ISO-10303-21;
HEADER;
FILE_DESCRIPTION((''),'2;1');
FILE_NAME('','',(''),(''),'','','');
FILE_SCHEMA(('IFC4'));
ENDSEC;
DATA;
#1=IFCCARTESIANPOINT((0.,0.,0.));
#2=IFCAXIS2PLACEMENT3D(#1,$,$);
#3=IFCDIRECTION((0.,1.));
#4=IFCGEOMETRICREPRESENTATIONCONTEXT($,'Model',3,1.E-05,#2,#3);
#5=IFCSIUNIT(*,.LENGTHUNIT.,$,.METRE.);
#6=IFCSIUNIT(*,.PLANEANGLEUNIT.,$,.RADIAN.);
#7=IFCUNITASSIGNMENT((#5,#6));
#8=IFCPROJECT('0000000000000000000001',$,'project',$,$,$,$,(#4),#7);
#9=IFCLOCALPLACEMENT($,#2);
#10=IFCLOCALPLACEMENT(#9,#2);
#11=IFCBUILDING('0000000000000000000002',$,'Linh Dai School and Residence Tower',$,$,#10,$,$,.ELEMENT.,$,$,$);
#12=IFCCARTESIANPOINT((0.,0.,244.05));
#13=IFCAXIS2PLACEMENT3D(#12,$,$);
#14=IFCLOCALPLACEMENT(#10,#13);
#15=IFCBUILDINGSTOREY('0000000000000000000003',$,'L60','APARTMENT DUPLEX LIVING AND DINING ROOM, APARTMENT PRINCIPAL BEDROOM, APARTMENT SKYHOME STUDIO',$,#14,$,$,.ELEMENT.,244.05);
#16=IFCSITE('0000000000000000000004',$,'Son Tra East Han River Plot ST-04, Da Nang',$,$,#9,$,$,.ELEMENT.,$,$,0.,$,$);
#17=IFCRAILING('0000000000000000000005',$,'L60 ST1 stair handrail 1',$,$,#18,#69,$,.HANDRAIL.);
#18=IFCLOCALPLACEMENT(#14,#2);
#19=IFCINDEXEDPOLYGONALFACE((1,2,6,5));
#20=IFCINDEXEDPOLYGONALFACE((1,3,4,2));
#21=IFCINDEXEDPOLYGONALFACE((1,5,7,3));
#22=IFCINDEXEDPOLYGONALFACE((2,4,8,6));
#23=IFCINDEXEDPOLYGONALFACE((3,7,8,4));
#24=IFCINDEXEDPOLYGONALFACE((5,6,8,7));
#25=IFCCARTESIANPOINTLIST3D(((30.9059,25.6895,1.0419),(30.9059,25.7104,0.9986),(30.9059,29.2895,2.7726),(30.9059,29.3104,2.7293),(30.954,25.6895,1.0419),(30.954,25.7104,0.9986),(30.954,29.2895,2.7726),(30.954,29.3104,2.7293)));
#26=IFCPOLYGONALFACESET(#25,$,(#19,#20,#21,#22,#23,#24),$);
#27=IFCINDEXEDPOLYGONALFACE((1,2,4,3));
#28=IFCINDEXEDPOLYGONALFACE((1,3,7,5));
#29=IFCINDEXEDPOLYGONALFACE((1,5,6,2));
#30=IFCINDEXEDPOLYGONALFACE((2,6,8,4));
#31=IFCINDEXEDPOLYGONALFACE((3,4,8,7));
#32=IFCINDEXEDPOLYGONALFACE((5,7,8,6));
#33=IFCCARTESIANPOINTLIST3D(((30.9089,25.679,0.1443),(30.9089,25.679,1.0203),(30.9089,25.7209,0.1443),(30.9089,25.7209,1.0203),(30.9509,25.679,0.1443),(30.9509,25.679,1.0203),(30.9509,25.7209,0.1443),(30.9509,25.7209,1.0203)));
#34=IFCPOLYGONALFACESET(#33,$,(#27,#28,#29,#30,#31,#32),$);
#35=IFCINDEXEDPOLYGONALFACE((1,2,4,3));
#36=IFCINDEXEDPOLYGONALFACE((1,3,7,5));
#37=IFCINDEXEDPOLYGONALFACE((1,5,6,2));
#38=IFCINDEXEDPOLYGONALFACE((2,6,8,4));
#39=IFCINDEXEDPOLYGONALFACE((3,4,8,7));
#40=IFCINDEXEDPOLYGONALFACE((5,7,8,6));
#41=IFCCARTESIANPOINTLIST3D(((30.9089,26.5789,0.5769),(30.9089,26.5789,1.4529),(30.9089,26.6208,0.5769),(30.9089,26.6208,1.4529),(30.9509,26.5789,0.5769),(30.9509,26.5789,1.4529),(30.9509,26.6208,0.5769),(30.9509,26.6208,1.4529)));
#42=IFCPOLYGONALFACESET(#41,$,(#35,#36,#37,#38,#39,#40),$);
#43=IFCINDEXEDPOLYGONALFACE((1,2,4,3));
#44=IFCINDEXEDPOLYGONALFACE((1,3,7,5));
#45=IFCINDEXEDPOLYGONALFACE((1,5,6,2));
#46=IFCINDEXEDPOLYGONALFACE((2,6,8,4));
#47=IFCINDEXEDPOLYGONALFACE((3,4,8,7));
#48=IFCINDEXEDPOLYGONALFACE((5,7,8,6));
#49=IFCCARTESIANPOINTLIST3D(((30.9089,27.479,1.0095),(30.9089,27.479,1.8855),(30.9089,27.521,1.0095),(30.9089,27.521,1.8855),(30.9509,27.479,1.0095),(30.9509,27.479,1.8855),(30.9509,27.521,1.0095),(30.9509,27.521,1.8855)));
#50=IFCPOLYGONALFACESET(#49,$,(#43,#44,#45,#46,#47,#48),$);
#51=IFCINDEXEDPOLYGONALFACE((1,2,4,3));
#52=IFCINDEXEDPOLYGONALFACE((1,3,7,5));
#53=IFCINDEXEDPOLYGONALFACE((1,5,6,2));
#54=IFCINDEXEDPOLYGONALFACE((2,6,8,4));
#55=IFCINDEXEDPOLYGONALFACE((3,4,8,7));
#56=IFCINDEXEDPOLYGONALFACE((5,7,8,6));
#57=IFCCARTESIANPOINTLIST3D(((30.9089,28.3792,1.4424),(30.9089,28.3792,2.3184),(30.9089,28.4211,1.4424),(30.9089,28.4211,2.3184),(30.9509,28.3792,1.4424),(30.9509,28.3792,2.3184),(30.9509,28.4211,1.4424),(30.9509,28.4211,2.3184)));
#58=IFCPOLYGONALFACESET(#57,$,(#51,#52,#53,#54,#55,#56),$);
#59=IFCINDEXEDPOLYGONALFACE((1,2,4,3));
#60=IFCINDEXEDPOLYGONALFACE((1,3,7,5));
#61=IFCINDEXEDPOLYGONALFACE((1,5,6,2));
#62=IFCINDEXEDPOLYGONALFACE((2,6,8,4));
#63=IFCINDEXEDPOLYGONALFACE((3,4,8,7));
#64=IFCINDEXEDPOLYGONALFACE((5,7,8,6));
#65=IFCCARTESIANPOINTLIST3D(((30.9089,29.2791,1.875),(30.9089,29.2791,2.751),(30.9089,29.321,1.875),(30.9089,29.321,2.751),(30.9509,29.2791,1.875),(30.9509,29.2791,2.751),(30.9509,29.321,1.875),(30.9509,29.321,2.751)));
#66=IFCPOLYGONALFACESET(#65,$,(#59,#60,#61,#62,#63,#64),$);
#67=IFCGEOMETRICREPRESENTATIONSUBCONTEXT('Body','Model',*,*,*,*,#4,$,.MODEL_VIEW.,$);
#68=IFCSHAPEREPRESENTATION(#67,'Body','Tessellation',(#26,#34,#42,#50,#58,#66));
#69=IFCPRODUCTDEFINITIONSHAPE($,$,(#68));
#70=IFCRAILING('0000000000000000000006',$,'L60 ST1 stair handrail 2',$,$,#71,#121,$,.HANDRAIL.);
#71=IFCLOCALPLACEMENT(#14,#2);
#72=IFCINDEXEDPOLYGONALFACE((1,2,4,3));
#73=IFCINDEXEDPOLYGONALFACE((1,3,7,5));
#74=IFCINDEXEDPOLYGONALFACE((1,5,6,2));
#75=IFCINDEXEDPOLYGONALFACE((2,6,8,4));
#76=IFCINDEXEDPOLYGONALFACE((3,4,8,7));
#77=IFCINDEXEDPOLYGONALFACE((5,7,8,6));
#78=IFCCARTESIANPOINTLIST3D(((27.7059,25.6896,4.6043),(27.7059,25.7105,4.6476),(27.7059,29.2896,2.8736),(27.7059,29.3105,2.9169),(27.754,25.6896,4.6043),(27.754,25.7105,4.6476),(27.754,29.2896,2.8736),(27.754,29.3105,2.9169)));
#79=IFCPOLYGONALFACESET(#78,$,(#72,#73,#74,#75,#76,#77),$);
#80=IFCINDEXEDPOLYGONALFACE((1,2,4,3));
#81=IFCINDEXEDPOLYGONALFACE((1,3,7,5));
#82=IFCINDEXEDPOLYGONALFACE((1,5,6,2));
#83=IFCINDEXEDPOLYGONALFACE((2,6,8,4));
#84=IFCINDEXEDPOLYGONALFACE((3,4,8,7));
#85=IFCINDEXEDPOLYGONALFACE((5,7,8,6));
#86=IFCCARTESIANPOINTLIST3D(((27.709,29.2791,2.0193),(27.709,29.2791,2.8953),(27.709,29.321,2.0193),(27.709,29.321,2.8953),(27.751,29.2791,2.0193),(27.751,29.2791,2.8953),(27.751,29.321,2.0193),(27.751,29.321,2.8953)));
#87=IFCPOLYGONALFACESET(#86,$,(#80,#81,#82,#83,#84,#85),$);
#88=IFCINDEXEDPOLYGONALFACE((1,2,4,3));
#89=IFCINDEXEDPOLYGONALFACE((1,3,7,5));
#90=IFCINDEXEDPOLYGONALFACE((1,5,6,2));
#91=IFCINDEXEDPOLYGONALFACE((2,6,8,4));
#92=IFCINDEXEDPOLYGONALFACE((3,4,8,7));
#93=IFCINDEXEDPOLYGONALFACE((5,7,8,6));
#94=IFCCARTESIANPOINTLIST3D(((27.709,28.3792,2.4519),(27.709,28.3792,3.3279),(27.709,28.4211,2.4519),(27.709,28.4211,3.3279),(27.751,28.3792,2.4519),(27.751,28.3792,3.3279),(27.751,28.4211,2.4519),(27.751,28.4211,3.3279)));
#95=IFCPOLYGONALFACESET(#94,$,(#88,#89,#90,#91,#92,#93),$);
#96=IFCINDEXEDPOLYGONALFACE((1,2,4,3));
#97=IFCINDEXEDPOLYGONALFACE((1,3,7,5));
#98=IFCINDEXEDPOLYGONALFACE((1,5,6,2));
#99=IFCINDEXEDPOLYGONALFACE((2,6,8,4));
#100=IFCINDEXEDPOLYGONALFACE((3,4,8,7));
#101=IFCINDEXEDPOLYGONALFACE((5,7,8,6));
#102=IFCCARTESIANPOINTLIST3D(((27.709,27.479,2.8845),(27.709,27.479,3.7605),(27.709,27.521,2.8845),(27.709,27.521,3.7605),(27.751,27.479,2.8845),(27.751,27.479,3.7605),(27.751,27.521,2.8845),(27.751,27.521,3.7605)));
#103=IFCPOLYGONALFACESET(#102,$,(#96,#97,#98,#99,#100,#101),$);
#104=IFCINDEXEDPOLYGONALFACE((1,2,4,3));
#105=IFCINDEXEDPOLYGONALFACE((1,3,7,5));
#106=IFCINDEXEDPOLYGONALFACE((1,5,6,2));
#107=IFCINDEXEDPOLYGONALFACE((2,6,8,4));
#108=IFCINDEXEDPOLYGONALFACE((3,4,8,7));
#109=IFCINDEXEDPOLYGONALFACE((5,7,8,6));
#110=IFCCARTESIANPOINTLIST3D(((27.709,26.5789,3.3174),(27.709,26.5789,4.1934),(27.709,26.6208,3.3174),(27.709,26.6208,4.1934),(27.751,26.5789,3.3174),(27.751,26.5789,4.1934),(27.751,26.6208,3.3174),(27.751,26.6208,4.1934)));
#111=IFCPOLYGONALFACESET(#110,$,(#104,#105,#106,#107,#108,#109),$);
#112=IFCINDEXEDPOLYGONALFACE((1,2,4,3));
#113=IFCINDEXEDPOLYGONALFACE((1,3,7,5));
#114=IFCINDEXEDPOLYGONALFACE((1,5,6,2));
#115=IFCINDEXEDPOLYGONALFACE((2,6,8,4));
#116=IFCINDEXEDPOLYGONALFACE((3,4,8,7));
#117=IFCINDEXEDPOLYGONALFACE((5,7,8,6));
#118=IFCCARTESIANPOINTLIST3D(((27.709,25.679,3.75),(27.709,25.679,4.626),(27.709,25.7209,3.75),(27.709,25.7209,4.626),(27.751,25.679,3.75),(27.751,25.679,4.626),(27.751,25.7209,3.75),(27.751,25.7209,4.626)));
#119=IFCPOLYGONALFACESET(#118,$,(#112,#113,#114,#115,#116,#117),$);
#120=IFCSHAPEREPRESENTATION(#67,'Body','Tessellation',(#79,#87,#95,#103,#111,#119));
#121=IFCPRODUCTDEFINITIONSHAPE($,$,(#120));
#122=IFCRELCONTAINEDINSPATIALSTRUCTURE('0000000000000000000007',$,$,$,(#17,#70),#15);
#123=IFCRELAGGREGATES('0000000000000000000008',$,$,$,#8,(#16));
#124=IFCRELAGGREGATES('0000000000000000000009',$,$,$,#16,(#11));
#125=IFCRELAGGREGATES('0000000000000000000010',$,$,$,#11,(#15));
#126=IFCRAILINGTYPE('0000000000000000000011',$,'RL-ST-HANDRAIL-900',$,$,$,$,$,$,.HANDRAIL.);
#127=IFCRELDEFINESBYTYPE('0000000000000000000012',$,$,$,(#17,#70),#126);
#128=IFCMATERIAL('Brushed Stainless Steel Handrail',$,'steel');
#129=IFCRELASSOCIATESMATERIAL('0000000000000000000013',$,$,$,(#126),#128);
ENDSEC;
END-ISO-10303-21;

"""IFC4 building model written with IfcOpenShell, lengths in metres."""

from ifc_helpers import new_model, si_unit, direction, frame, origin, origin_2d, place, context, subcontext, project, spatial, rectangle, extrude, source, transform, mapped, material, type_object, element, save


model = new_model("IFC4")

# Units and contexts
model_context = context("Model", 3, precision=1e-05, world=origin(), true_north=direction((0.0, 1.0)))
body_context = subcontext(model_context, "Body", "Model", "MODEL_VIEW")
ifc_project = project(units=[si_unit("LENGTHUNIT", "METRE"), si_unit("PLANEANGLEUNIT", "RADIAN")], contexts=[model_context])

# Site, building, storey
site_placement = place(None, origin())
site = spatial("IfcSite", under=ifc_project, at=site_placement, Name="Son Tra East Han River Plot ST-04, Da Nang", CompositionType="ELEMENT", RefElevation=0.0)
building_placement = place(site_placement, origin())
building = spatial("IfcBuilding", under=site, at=building_placement, Name="Linh Dai School and Residence Tower", CompositionType="ELEMENT")
storey_placement = place(building_placement, frame((0.0, 0.0, 244.05)))
storey = spatial("IfcBuildingStorey", under=building, at=storey_placement, Name="L60", Description="APARTMENT DUPLEX LIVING AND DINING ROOM, APARTMENT PRINCIPAL BEDROOM, APARTMENT SKYHOME STUDIO", CompositionType="ELEMENT", Elevation=244.05)

# Railings
ifc_material_1 = material(Name="Brushed Stainless Steel Handrail", Category="steel")
railing_type_1 = type_object("IfcRailingType", Name="RL-ST-HANDRAIL-900", PredefinedType="HANDRAIL", material=ifc_material_1)
shared_shape_1 = source(origin(), body_context, "Body", "SweptSolid", [
    extrude(rectangle(XDim=0.0481, YDim=0.0481, at=origin_2d()), frame((0.0, 0.0, 0.876), z_axis=(0.0, 0.901263, 0.433273), x_axis=(-1.0, 0.0, 0.0)), (0.0, 0.0, 1.0), 3.9944),
    extrude(rectangle(XDim=0.042, YDim=0.042, at=origin_2d()), origin(), (0.0, 0.0, 1.0), 0.876),
    extrude(rectangle(XDim=0.042, YDim=0.042, at=origin_2d()), frame((0.0, 0.8999, 0.4326)), (0.0, 0.0, 1.0), 0.876),
    extrude(rectangle(XDim=0.042, YDim=0.042, at=origin_2d()), frame((0.0, 1.8, 0.8652)), (0.0, 0.0, 1.0), 0.876),
    extrude(rectangle(XDim=0.042, YDim=0.042, at=origin_2d()), frame((0.0, 2.7002, 1.2981)), (0.0, 0.0, 1.0), 0.876),
    extrude(rectangle(XDim=0.042, YDim=0.042, at=origin_2d()), frame((0.0, 3.6001, 1.7307)), (0.0, 0.0, 1.0), 0.876),
])
railing_1_placement = place(storey_placement, frame((30.9299, 25.7, 0.1443)))
element("IfcRailing", 1, at=railing_1_placement, inside=storey, type_object=railing_type_1, Name="L60 ST1 stair handrail 1", PredefinedType="HANDRAIL", context=body_context, shape_type="MappedRepresentation", body=[
    mapped(shared_shape_1, transform((0.0, 0.0, 0.0), x_axis=(1.0, 0.0, 0.0), y_axis=(0.0, 1.0, 0.0), z_axis=(0.0, 0.0, 1.0), scale=1.0)),
])
shared_shape_2 = source(origin(), body_context, "Body", "SweptSolid", [
    extrude(rectangle(XDim=0.0481, YDim=0.0481, at=origin_2d()), frame((0.0, 0.0, 0.876), z_axis=(0.0, -0.901263, 0.433273), x_axis=(1.0, 0.0, 0.0)), (0.0, 0.0, 1.0), 3.9944),
    extrude(rectangle(XDim=0.042, YDim=0.042, at=origin_2d()), origin(), (0.0, 0.0, 1.0), 0.876),
    extrude(rectangle(XDim=0.042, YDim=0.042, at=origin_2d()), frame((0.0, -0.8999, 0.4326)), (0.0, 0.0, 1.0), 0.876),
    extrude(rectangle(XDim=0.042, YDim=0.042, at=origin_2d()), frame((0.0, -1.8, 0.8652)), (0.0, 0.0, 1.0), 0.876),
    extrude(rectangle(XDim=0.042, YDim=0.042, at=origin_2d()), frame((0.0, -2.7002, 1.2981)), (0.0, 0.0, 1.0), 0.876),
    extrude(rectangle(XDim=0.042, YDim=0.042, at=origin_2d()), frame((0.0, -3.6001, 1.7307)), (0.0, 0.0, 1.0), 0.876),
])
railing_2_placement = place(storey_placement, frame((27.73, 29.3, 2.0193)))
element("IfcRailing", 2, at=railing_2_placement, inside=storey, type_object=railing_type_1, Name="L60 ST1 stair handrail 2", PredefinedType="HANDRAIL", context=body_context, shape_type="MappedRepresentation", body=[
    mapped(shared_shape_2, transform((0.0, 0.0, 0.0), x_axis=(1.0, 0.0, 0.0), y_axis=(0.0, 1.0, 0.0), z_axis=(0.0, 0.0, 1.0), scale=1.0)),
])

save(model, "model.ifc")
